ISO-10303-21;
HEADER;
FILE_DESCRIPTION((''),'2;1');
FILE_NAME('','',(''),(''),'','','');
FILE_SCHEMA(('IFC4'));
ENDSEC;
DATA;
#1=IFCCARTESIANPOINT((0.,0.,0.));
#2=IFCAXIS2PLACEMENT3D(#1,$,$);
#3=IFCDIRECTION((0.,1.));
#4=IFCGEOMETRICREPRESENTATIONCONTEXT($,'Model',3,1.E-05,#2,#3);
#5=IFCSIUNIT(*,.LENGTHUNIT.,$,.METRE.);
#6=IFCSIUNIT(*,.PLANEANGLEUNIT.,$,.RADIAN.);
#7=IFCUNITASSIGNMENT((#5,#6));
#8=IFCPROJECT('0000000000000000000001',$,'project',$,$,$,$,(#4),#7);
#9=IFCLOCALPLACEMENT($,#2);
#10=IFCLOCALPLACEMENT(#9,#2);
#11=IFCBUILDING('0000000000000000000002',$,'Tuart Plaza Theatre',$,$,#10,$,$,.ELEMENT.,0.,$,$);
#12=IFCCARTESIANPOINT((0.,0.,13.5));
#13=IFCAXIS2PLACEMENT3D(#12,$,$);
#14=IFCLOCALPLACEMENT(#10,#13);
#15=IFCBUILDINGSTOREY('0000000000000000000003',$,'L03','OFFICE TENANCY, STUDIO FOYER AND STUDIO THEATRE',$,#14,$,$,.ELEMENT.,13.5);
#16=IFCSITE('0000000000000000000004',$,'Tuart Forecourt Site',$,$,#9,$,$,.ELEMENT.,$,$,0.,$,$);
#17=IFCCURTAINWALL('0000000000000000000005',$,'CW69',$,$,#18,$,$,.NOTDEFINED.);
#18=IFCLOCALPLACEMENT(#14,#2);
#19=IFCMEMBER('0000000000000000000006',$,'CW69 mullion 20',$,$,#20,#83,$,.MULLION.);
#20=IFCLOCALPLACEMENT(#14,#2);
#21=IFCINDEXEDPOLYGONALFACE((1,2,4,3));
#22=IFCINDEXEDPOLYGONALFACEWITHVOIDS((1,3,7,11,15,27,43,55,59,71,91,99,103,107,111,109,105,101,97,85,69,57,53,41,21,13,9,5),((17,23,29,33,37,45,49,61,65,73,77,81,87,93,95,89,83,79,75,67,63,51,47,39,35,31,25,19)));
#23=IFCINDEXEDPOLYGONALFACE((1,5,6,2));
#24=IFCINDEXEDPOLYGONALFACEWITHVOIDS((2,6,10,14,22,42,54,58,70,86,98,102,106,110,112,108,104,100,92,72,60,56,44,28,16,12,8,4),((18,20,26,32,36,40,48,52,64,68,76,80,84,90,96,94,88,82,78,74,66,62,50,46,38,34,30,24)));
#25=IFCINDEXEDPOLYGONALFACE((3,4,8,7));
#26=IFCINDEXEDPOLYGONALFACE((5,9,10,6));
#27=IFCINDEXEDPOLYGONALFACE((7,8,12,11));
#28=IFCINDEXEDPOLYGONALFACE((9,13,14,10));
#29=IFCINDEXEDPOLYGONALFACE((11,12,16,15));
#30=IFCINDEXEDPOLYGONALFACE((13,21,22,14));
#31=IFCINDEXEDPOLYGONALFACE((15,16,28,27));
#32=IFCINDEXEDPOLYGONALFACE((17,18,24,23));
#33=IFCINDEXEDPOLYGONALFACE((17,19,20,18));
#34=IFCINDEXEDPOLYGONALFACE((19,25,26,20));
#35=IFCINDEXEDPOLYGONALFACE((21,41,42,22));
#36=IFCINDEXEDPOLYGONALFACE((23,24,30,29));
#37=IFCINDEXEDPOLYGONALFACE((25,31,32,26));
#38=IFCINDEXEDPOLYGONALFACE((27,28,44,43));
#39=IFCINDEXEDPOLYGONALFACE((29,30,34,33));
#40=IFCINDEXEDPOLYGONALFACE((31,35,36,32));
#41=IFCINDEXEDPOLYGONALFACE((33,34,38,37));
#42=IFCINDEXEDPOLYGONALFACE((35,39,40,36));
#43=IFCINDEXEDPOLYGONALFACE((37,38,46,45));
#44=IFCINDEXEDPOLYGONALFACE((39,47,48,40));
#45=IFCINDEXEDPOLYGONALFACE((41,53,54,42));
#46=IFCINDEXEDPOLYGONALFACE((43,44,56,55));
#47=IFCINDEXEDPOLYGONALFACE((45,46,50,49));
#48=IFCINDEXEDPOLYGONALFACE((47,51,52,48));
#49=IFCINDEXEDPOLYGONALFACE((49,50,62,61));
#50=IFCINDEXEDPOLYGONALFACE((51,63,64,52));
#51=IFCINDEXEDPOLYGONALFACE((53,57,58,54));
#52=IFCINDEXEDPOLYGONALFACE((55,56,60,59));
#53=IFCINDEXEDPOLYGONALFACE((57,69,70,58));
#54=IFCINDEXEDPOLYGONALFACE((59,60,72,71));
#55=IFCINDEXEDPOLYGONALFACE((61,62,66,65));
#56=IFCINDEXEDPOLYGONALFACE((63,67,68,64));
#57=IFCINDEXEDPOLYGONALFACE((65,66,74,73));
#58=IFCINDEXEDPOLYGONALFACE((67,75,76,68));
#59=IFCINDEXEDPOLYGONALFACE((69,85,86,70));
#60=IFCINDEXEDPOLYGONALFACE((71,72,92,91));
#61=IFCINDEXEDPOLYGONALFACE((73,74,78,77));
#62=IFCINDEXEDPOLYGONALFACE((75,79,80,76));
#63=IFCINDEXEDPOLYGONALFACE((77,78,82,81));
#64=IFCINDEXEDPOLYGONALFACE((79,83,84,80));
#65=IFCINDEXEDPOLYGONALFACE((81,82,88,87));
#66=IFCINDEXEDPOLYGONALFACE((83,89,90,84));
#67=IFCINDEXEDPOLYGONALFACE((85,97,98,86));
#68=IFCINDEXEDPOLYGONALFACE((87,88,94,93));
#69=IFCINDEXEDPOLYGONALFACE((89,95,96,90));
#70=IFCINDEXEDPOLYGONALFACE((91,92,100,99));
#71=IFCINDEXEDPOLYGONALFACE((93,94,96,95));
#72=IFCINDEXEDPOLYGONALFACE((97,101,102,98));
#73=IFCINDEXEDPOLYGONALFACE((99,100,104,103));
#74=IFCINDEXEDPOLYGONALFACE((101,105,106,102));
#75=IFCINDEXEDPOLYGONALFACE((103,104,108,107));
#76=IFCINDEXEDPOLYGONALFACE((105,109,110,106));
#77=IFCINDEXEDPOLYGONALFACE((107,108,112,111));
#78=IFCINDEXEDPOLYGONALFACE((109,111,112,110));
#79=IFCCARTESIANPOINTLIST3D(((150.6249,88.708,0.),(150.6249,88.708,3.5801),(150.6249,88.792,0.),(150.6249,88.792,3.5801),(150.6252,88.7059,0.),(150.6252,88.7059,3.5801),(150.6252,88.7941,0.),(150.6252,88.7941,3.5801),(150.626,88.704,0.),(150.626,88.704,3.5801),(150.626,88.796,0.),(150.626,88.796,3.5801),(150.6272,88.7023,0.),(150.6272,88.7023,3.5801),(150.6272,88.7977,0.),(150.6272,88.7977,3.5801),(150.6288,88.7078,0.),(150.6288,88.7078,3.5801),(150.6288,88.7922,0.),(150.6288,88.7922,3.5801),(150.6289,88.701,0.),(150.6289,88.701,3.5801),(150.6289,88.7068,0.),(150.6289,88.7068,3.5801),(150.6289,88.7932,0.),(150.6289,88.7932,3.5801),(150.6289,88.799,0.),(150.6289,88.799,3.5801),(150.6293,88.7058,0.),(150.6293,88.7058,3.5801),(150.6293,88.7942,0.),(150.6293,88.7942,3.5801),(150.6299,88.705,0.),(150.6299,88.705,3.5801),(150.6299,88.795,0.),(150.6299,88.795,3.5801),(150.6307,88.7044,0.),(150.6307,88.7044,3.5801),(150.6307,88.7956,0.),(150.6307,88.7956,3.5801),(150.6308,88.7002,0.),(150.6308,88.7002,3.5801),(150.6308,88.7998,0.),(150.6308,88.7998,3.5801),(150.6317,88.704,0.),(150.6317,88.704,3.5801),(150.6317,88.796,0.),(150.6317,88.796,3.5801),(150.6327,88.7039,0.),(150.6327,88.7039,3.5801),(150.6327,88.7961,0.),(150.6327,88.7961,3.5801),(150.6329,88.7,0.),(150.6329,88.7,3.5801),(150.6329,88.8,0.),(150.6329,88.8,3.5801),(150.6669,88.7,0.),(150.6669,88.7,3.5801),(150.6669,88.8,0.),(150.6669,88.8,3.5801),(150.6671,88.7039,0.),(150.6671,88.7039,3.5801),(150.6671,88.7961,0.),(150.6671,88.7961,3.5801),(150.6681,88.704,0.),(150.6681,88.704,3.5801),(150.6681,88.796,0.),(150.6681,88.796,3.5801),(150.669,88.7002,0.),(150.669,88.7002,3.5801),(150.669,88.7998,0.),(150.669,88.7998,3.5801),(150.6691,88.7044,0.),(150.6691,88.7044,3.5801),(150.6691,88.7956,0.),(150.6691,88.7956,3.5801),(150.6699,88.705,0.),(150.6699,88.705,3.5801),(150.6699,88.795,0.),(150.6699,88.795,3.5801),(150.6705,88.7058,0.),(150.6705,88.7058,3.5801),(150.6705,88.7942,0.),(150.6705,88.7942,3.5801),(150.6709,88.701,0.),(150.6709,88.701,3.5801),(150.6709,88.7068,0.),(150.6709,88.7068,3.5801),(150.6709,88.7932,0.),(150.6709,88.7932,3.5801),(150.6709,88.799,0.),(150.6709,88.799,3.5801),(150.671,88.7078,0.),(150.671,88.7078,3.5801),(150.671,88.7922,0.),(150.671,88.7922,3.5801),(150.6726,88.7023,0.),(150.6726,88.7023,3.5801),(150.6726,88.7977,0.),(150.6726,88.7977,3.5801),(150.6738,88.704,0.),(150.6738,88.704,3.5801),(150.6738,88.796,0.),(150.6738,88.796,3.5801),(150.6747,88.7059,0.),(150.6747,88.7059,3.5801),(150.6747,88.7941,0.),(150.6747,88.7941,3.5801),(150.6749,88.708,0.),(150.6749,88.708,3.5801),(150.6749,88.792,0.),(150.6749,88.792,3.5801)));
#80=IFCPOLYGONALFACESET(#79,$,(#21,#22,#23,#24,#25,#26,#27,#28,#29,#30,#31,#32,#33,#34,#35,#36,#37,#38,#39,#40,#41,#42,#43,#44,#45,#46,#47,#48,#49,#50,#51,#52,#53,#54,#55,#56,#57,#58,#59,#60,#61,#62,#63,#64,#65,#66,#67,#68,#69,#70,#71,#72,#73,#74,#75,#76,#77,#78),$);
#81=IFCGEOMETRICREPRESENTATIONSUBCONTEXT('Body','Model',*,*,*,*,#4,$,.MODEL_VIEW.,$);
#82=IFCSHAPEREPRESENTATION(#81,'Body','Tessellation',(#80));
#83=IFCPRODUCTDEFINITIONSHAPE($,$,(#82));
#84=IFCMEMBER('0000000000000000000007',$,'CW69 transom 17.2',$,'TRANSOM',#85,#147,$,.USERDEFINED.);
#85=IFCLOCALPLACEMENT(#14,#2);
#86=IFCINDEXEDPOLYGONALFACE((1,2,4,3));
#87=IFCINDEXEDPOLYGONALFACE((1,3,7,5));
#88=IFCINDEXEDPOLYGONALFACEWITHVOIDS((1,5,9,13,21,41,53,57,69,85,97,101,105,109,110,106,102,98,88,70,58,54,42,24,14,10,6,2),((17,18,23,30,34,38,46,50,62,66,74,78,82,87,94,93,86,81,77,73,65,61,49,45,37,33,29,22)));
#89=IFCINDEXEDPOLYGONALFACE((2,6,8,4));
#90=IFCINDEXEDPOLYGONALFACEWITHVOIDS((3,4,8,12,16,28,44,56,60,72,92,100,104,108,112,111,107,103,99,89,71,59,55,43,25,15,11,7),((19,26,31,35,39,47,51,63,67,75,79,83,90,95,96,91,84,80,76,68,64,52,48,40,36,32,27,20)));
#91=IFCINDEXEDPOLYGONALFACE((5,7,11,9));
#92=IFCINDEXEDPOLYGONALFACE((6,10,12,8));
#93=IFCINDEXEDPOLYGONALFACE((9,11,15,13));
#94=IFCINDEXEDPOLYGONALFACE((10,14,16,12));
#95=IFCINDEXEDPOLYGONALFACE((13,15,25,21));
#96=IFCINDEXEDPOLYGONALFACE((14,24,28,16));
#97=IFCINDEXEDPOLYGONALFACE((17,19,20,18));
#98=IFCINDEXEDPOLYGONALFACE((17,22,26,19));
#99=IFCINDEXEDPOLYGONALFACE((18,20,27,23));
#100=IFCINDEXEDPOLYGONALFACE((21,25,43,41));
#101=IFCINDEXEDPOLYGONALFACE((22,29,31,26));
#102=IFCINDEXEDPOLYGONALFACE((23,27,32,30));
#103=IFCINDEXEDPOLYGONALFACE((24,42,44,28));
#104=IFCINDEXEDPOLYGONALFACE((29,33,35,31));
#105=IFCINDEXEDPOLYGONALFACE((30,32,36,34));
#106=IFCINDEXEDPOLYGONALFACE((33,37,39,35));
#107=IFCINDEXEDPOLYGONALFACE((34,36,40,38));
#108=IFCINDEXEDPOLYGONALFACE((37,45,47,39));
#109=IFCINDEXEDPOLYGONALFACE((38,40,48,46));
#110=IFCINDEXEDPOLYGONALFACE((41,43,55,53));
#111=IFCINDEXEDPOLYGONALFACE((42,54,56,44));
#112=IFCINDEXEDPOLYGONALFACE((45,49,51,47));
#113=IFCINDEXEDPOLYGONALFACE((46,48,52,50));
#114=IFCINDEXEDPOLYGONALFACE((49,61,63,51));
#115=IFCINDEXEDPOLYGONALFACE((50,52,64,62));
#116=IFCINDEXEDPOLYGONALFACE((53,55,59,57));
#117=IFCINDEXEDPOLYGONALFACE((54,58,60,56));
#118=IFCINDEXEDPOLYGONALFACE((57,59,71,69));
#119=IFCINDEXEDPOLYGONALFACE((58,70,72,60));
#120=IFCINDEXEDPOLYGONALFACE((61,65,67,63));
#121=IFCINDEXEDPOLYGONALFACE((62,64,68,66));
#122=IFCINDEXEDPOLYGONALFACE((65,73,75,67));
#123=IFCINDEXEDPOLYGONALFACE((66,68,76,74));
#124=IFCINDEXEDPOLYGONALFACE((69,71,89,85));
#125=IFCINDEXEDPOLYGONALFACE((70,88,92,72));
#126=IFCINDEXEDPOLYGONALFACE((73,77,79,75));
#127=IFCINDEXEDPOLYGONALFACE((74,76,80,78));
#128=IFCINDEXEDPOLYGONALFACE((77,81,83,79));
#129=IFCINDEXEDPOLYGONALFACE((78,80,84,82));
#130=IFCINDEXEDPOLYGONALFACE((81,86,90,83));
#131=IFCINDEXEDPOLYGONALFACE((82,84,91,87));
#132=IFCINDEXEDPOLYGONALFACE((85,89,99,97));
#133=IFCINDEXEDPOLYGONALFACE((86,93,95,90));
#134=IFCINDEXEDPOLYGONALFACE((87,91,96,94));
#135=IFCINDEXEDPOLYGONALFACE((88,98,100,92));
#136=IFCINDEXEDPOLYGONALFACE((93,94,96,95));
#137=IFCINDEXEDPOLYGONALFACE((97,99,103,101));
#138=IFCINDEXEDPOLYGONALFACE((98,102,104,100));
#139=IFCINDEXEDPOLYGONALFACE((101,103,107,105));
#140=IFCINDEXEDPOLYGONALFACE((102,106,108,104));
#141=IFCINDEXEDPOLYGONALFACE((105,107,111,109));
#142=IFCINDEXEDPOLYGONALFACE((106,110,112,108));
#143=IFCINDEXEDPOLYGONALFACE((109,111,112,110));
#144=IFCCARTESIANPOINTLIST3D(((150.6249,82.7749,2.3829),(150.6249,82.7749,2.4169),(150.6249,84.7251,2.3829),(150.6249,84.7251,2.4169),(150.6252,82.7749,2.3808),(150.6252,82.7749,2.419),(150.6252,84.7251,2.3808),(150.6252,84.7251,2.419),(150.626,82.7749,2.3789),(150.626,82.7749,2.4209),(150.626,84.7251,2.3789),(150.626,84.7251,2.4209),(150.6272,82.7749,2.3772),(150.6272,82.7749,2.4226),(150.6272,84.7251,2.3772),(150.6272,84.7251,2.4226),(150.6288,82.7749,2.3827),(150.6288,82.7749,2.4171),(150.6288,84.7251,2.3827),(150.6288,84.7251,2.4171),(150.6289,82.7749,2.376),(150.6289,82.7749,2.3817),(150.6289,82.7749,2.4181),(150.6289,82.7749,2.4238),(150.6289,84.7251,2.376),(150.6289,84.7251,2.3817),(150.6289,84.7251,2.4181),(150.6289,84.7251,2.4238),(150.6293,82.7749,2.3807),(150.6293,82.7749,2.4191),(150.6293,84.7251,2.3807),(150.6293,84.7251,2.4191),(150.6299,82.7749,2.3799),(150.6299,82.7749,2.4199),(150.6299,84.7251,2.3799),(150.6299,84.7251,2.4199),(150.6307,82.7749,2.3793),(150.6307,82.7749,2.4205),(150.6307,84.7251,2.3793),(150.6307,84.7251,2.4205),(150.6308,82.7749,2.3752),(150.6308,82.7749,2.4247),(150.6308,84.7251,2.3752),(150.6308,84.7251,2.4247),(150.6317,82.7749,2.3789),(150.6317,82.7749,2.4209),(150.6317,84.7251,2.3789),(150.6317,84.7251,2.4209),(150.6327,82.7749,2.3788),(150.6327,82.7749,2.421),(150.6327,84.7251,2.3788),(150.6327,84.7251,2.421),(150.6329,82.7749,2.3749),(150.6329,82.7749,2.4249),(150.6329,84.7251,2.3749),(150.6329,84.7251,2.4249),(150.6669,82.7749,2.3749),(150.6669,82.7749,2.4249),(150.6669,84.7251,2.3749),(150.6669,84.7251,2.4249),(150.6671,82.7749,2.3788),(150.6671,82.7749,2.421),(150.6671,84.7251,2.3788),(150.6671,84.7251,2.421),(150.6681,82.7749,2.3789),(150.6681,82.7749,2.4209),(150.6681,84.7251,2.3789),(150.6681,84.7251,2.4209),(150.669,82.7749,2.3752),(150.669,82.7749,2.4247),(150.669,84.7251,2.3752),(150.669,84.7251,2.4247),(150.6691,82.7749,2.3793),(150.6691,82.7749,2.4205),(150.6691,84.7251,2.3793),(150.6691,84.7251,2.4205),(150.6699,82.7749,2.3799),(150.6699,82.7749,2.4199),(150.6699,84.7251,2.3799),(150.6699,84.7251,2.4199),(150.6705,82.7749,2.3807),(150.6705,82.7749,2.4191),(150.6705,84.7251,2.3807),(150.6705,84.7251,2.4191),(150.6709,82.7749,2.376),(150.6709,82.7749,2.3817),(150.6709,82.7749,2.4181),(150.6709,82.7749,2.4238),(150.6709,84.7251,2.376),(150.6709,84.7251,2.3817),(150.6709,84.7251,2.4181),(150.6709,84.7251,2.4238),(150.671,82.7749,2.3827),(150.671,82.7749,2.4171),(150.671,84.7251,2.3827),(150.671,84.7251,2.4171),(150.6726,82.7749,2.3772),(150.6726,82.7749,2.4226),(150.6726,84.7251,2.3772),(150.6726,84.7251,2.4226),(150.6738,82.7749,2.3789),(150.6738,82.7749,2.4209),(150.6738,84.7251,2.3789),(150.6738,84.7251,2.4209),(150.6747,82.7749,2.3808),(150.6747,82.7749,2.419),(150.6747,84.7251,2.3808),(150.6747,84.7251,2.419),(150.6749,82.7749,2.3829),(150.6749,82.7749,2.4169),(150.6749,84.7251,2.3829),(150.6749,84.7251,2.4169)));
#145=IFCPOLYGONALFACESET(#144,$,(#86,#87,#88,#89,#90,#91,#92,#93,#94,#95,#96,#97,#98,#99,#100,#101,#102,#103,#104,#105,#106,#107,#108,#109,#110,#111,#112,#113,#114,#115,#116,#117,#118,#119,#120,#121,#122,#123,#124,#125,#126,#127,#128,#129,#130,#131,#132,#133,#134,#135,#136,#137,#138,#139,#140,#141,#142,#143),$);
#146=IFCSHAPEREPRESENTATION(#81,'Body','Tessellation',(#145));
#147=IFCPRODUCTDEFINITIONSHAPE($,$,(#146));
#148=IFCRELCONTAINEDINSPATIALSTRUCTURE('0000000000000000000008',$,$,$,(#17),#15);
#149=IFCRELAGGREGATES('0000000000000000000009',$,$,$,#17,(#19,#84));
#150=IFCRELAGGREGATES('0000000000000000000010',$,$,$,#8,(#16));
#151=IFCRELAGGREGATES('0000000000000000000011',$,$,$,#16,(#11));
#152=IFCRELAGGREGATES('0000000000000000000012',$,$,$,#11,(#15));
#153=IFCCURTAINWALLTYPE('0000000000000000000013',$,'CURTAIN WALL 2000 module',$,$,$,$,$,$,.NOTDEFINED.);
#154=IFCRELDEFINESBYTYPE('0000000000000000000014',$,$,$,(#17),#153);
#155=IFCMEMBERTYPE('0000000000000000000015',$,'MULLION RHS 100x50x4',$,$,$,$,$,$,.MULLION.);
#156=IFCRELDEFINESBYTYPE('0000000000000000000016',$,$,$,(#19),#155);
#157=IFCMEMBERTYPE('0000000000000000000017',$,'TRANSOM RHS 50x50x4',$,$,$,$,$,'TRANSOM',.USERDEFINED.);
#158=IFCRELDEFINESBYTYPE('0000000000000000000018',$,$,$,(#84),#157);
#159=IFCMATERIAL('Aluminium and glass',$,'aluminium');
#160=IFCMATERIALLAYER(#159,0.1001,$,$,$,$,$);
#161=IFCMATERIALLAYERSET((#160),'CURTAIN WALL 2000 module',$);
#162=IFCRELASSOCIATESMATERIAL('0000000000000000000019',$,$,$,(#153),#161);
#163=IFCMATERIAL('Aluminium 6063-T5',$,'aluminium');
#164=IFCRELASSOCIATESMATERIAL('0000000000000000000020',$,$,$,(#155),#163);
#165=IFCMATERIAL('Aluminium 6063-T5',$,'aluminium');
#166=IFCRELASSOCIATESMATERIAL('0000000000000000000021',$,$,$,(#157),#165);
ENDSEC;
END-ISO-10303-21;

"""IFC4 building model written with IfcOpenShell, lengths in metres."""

from ifc_helpers import new_model, si_unit, direction, frame, origin, origin_2d, place, context, subcontext, project, spatial, hollow_rectangle, extrude, material, layer, layer_set, material_profile, profile_set, type_object, element, aggregate, save


model = new_model("IFC4")

# Units and contexts
model_context = context("Model", 3, precision=1e-05, world=origin(), true_north=direction((0.0, 1.0)))
body_context = subcontext(model_context, "Body", "Model", "MODEL_VIEW")
ifc_project = project(units=[si_unit("LENGTHUNIT", "METRE"), si_unit("PLANEANGLEUNIT", "RADIAN")], contexts=[model_context])

# Site, building, storey
site_placement = place(None, origin())
site = spatial("IfcSite", under=ifc_project, at=site_placement, Name="Tuart Forecourt Site", CompositionType="ELEMENT", RefElevation=0.0)
building_placement = place(site_placement, origin())
building = spatial("IfcBuilding", under=site, at=building_placement, Name="Tuart Plaza Theatre", CompositionType="ELEMENT", ElevationOfRefHeight=0.0)
storey_placement = place(building_placement, frame((0.0, 0.0, 13.5)))
storey = spatial("IfcBuildingStorey", under=building, at=storey_placement, Name="L03", Description="OFFICE TENANCY, STUDIO FOYER AND STUDIO THEATRE", CompositionType="ELEMENT", Elevation=13.5)

# Curtain wall, members
ifc_material_1 = material(Name="Aluminium and glass", Category="aluminium")
ifc_layer_1 = layer(ifc_material_1, 0.1001)
ifc_layer_set_1 = layer_set([ifc_layer_1], Name="CURTAIN WALL 2000 module")
curtain_wall_type = type_object("IfcCurtainWallType", Name="CURTAIN WALL 2000 module", PredefinedType="NOTDEFINED", material=ifc_layer_set_1)
curtain_wall_placement = place(storey_placement, origin())
curtain_wall = element("IfcCurtainWall", 1, at=curtain_wall_placement, inside=storey, type_object=curtain_wall_type, Name="CW69", PredefinedType="NOTDEFINED")
ifc_material_2 = material(Name="Aluminium 6063-T5", Category="aluminium")
ifc_material_profile_1 = material_profile(ifc_material_2, hollow_rectangle(XDim=0.05, YDim=0.1001, WallThickness=0.0039, InnerFilletRadius=0.0039, OuterFilletRadius=0.0081, at=origin_2d()), Name="RHS 100x50x4")
ifc_profile_set_1 = profile_set([ifc_material_profile_1], Name="Aluminium 6063-T5")
member_type_1 = type_object("IfcMemberType", Name="MULLION RHS 100x50x4", PredefinedType="MULLION", material=ifc_profile_set_1)
member_1_placement = place(storey_placement, frame((150.6499, 88.75, 0.0), z_axis=(0.0, 0.0, 1.0), x_axis=(-1.0, 0.0, 0.0)))
member_1 = element("IfcMember", 2, at=member_1_placement, type_object=member_type_1, Name="CW69 mullion 20", PredefinedType="MULLION", context=body_context, shape_type="SweptSolid", body=[
    extrude(hollow_rectangle(XDim=0.05, YDim=0.1001, WallThickness=0.0039, InnerFilletRadius=0.0039, OuterFilletRadius=0.0081, at=origin_2d()), origin(), (0.0, 0.0, 1.0), 3.5801),
])
ifc_material_3 = material(Name="Aluminium 6063-T5", Category="aluminium")
ifc_material_profile_2 = material_profile(ifc_material_3, hollow_rectangle(XDim=0.05, YDim=0.05, WallThickness=0.0039, InnerFilletRadius=0.0039, OuterFilletRadius=0.0081, at=origin_2d()), Name="RHS 50x50x4")
ifc_profile_set_2 = profile_set([ifc_material_profile_2], Name="Aluminium 6063-T5")
member_type_2 = type_object("IfcMemberType", Name="TRANSOM RHS 50x50x4", ElementType="TRANSOM", PredefinedType="USERDEFINED", material=ifc_profile_set_2)
member_2_placement = place(storey_placement, frame((150.6499, 82.7749, 2.3999), z_axis=(0.0, 1.0, 0.0), x_axis=(-1.0, 0.0, 0.0)))
member_2 = element("IfcMember", 3, at=member_2_placement, type_object=member_type_2, Name="CW69 transom 17.2", ObjectType="TRANSOM", PredefinedType="USERDEFINED", context=body_context, shape_type="SweptSolid", body=[
    extrude(hollow_rectangle(XDim=0.05, YDim=0.05, WallThickness=0.0039, InnerFilletRadius=0.0039, OuterFilletRadius=0.0081, at=origin_2d()), origin(), (0.0, 0.0, 1.0), 1.9502),
])
aggregate(curtain_wall, [member_1, member_2])

save(model, "model.ifc")
